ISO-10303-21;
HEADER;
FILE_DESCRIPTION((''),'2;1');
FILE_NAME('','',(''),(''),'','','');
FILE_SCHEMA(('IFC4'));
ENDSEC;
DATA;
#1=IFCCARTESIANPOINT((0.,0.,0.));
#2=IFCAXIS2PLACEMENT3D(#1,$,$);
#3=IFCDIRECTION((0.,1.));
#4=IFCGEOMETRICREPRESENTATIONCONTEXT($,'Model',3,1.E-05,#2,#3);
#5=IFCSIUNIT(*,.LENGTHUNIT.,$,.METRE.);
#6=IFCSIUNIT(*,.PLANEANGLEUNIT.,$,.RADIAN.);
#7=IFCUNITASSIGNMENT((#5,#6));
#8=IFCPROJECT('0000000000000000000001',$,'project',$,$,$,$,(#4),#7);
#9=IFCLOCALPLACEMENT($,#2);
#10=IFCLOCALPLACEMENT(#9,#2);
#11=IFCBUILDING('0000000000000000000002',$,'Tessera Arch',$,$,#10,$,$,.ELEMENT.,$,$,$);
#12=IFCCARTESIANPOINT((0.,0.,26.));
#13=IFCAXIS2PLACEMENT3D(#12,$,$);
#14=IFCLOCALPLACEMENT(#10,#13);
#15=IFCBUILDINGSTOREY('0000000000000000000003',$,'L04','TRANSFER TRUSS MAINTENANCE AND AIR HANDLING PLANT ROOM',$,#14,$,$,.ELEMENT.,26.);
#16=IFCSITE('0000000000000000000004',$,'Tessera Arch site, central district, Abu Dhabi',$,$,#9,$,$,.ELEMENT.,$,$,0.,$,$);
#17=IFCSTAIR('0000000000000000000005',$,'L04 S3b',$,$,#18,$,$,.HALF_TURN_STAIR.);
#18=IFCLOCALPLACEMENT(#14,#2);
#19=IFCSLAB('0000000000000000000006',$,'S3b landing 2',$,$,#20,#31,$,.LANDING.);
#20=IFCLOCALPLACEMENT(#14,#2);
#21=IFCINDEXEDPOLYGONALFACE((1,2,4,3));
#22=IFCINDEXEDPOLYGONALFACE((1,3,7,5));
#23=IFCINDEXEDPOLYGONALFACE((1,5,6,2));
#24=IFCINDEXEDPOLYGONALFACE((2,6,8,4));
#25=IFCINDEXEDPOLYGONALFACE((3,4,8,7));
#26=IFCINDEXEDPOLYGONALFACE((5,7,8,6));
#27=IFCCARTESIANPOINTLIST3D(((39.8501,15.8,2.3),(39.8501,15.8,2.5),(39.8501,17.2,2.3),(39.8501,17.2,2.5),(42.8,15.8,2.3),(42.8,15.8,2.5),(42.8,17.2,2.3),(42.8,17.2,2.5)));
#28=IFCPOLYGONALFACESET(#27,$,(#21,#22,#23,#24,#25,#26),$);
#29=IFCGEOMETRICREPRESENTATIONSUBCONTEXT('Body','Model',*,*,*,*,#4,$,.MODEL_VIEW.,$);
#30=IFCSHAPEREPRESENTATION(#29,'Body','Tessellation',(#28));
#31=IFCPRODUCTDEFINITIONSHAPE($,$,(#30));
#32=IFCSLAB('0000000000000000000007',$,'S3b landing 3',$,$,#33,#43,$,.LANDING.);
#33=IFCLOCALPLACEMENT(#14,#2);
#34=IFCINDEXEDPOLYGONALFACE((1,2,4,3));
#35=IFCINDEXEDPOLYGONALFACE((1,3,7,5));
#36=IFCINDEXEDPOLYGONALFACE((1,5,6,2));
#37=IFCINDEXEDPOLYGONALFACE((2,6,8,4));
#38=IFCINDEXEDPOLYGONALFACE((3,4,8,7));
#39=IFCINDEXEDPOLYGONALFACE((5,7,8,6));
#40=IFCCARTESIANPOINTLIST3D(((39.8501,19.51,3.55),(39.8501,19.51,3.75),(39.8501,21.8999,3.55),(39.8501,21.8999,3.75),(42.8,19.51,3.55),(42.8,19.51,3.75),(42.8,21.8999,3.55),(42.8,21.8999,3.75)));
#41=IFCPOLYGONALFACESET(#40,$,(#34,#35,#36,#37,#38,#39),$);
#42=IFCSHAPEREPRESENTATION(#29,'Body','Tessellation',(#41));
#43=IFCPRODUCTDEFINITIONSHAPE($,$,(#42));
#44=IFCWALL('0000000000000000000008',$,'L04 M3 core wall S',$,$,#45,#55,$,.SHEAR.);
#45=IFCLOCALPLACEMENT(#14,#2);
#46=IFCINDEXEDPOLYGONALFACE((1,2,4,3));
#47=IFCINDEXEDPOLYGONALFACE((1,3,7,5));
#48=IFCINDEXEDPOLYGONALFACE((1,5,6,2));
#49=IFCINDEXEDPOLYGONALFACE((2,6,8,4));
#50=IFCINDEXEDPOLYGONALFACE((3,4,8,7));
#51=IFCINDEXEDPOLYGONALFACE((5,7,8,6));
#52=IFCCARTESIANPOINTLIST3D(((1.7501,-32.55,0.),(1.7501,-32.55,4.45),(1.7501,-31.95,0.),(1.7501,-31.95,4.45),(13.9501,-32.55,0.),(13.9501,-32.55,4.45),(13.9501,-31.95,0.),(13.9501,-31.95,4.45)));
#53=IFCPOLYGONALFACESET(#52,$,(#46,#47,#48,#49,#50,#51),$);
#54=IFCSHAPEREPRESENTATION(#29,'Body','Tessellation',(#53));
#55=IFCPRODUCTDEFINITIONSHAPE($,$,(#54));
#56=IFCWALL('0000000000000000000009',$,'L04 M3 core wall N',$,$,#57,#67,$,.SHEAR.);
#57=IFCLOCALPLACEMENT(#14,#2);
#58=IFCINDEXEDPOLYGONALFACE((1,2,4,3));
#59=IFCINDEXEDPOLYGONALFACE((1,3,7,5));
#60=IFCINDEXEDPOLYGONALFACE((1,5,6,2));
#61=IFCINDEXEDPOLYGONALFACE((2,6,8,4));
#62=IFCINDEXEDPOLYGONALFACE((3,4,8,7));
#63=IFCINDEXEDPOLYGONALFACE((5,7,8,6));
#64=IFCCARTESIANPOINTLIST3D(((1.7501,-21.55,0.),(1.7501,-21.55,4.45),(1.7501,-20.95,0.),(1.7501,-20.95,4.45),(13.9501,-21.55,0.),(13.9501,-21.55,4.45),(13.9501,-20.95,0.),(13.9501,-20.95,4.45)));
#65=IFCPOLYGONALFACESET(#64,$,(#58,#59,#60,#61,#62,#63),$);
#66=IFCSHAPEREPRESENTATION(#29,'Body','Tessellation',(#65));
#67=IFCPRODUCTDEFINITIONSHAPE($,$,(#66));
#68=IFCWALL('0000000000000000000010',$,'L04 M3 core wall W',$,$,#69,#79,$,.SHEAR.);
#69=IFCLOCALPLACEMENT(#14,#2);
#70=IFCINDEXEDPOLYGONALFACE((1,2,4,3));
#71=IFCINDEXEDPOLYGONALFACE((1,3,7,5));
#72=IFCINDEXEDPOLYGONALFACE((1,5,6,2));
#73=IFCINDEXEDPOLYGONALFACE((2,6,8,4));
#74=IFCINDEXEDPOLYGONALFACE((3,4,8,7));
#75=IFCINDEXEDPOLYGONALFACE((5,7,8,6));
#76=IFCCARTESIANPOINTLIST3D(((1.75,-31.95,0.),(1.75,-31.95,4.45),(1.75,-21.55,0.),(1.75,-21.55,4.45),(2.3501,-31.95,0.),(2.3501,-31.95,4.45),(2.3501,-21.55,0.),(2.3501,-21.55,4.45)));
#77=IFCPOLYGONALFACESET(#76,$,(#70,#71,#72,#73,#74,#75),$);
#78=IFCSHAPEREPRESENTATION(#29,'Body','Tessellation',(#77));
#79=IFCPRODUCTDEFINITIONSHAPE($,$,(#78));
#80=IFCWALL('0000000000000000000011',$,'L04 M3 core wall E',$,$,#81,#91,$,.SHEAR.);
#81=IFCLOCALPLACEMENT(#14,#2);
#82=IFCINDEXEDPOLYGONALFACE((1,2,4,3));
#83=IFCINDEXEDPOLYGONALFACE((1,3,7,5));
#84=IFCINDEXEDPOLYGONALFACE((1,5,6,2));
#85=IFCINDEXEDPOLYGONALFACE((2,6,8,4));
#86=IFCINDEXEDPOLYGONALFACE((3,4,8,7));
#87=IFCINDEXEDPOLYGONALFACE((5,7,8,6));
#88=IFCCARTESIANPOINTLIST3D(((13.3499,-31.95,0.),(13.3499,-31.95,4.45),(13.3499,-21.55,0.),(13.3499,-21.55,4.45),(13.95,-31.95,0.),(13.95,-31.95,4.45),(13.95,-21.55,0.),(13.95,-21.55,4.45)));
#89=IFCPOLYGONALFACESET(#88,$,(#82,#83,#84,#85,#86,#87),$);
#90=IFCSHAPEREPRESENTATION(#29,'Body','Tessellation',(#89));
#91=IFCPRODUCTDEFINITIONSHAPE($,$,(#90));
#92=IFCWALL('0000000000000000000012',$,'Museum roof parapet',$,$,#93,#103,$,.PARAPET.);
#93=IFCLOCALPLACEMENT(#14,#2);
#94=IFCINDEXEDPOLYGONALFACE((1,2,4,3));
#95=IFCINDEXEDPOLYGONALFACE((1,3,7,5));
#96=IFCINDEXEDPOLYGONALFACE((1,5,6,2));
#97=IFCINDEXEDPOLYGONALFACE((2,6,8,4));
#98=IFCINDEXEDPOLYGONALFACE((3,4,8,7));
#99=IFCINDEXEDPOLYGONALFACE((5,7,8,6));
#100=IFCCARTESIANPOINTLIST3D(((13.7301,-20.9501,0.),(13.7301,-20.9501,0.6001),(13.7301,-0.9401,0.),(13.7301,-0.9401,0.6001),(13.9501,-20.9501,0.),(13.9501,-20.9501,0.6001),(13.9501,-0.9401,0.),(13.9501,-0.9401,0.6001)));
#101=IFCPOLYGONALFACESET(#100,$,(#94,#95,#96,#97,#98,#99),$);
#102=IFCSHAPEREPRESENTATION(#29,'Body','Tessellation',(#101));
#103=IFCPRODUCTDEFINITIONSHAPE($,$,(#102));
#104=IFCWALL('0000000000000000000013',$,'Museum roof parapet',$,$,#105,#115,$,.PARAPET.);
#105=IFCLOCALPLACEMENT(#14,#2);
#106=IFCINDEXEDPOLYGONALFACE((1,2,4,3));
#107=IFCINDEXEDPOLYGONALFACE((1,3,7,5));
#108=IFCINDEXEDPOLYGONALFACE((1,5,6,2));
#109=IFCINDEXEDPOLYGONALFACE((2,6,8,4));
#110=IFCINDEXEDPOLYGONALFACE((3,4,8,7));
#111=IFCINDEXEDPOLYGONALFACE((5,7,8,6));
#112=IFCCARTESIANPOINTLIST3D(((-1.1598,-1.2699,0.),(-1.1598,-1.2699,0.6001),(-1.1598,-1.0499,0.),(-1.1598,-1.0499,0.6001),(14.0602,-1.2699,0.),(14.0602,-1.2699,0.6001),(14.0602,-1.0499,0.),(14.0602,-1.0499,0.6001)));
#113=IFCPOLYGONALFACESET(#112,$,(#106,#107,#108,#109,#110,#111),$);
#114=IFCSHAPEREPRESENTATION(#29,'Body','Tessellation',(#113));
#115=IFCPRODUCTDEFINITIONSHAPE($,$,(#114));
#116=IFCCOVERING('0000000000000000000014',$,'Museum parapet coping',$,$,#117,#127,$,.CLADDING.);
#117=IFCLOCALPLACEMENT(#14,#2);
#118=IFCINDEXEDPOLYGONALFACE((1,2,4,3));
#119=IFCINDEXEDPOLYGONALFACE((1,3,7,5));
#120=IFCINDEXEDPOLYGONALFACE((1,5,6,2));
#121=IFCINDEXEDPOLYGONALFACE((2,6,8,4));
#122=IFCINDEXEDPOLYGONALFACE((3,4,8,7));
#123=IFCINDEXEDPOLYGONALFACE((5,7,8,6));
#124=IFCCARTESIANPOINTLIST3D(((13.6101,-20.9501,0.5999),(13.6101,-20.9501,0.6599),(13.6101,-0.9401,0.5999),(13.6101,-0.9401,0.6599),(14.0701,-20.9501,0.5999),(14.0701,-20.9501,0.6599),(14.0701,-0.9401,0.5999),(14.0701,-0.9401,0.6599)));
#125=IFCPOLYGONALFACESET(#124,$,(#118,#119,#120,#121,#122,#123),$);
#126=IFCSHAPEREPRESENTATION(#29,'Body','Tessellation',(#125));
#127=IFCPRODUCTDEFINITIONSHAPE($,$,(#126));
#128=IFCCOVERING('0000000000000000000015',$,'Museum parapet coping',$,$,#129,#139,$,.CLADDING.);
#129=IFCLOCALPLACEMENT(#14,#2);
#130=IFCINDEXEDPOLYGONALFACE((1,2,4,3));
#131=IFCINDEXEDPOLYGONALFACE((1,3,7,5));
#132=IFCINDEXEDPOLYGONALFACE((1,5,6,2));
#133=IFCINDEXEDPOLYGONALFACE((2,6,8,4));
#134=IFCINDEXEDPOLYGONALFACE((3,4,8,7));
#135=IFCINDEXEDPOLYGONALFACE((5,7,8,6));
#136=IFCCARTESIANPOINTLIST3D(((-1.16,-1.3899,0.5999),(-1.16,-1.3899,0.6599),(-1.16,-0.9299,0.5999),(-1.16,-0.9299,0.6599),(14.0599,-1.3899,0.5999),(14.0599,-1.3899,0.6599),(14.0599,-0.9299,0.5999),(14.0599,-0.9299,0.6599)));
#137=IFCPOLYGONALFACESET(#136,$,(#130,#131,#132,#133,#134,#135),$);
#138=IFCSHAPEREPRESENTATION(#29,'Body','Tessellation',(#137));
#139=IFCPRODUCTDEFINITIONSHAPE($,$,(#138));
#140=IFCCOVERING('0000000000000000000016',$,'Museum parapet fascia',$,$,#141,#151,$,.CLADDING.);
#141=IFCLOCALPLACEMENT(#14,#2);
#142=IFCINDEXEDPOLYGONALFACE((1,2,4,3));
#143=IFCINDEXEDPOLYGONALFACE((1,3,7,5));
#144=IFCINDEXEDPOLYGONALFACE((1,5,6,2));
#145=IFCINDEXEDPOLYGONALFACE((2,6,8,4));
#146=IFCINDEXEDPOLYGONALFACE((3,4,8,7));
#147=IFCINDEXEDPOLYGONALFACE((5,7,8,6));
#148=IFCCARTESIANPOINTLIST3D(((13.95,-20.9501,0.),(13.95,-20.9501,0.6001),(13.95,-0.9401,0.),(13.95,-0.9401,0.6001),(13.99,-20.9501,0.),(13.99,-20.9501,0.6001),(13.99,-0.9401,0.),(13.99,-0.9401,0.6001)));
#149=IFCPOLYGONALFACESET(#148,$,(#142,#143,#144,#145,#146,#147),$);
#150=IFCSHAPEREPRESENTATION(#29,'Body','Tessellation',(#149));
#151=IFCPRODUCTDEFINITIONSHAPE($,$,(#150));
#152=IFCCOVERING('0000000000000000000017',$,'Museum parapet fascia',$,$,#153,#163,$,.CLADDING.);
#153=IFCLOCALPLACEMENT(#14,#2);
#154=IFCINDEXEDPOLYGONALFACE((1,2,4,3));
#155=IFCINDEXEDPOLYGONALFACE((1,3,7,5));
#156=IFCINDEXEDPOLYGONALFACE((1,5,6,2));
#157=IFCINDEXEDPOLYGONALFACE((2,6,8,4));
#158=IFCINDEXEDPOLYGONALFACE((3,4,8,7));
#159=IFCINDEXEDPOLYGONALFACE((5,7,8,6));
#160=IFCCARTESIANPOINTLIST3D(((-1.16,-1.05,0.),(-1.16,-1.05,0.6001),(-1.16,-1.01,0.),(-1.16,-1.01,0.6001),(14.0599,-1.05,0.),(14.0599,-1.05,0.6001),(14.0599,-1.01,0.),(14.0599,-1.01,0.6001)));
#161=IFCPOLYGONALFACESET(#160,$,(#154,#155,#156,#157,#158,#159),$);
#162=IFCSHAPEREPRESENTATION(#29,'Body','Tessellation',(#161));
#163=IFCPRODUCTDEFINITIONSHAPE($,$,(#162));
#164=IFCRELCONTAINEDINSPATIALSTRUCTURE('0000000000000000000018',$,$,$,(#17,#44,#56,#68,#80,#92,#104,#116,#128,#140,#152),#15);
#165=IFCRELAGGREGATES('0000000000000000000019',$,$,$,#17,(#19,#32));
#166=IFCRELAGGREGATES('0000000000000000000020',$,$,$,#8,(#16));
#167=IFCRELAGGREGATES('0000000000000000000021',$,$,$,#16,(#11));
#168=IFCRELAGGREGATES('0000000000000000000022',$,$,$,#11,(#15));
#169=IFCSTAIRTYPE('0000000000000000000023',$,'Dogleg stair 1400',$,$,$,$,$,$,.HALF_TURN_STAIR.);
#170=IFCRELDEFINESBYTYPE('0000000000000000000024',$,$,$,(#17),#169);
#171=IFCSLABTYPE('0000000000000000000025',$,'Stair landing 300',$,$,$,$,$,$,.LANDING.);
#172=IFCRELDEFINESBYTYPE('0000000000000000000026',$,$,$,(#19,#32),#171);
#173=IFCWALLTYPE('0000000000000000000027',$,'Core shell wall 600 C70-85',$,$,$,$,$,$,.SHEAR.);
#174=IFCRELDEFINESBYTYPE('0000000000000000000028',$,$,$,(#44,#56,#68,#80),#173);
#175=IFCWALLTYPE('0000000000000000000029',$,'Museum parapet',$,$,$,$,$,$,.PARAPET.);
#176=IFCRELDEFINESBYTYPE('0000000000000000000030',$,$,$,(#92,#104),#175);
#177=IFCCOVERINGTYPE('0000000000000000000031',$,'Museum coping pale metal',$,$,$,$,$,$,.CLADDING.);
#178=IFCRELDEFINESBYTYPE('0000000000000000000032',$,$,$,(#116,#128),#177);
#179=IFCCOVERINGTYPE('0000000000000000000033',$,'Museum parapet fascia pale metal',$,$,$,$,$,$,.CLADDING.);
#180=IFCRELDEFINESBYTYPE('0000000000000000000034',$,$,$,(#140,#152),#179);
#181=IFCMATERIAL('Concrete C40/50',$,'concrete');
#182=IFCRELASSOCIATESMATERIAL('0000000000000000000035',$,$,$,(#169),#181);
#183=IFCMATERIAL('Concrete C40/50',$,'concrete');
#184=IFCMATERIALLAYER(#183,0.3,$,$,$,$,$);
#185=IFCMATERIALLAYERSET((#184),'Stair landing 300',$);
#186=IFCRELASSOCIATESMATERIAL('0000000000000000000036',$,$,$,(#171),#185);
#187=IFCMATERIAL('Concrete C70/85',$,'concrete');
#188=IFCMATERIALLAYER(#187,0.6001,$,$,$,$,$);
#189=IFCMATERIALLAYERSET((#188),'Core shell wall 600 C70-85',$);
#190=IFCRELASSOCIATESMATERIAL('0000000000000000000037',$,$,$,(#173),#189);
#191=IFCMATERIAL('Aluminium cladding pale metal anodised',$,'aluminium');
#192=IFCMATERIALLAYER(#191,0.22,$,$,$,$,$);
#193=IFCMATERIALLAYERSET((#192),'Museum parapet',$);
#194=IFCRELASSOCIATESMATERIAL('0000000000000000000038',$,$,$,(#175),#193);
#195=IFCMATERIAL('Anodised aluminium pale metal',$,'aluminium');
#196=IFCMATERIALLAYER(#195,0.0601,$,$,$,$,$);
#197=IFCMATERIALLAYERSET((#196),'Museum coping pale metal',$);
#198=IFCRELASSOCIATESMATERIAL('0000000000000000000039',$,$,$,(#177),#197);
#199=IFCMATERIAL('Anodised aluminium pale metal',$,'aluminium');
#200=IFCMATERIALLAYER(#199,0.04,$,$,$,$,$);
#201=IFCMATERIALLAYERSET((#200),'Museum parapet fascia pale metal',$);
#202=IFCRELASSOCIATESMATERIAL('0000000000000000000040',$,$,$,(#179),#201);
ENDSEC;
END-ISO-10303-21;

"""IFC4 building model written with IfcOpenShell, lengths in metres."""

from ifc_helpers import new_model, si_unit, direction, frame, frame_2d, origin, origin_2d, place, context, subcontext, project, spatial, polyline, rectangle, outline, extrude, material, layer, layer_set, type_object, element, aggregate, save


model = new_model("IFC4")

# Units and contexts
model_context = context("Model", 3, precision=1e-05, world=origin(), true_north=direction((0.0, 1.0)))
body_context = subcontext(model_context, "Body", "Model", "MODEL_VIEW")
ifc_project = project(units=[si_unit("LENGTHUNIT", "METRE"), si_unit("PLANEANGLEUNIT", "RADIAN")], contexts=[model_context])

# Site, building, storey
site_placement = place(None, origin())
site = spatial("IfcSite", under=ifc_project, at=site_placement, Name="Tessera Arch site, central district, Abu Dhabi", CompositionType="ELEMENT", RefElevation=0.0)
building_placement = place(site_placement, origin())
building = spatial("IfcBuilding", under=site, at=building_placement, Name="Tessera Arch", CompositionType="ELEMENT")
storey_placement = place(building_placement, frame((0.0, 0.0, 26.0)))
storey = spatial("IfcBuildingStorey", under=building, at=storey_placement, Name="L04", Description="TRANSFER TRUSS MAINTENANCE AND AIR HANDLING PLANT ROOM", CompositionType="ELEMENT", Elevation=26.0)

# Stair, slabs
ifc_material_1 = material(Name="Concrete C40/50", Category="concrete")
stair_type = type_object("IfcStairType", Name="Dogleg stair 1400", PredefinedType="HALF_TURN_STAIR", material=ifc_material_1)
ifc_material_2 = material(Name="Concrete C40/50", Category="concrete")
ifc_layer_1 = layer(ifc_material_2, 0.3)
ifc_layer_set_1 = layer_set([ifc_layer_1], Name="Stair landing 300")
slab_type = type_object("IfcSlabType", Name="Stair landing 300", PredefinedType="LANDING", material=ifc_layer_set_1)
stair_1_placement = place(storey_placement, origin())
stair_1 = element("IfcStair", 1, at=stair_1_placement, inside=storey, type_object=stair_type, Name="L04 S3b", PredefinedType="HALF_TURN_STAIR")
slab_1_placement = place(storey_placement, frame((0.0, 0.0, 2.3)))
slab_1 = element("IfcSlab", 2, at=slab_1_placement, type_object=slab_type, Name="S3b landing 2", PredefinedType="LANDING", context=body_context, shape_type="SweptSolid", body=[
    extrude(outline(polyline([(42.8, 15.8), (42.8, 17.2), (39.8501, 17.2), (39.8501, 15.8), (42.8, 15.8)])), origin(), (0.0, 0.0, 1.0), 0.2),
])
slab_2_placement = place(storey_placement, frame((0.0, 0.0, 3.55)))
slab_2 = element("IfcSlab", 3, at=slab_2_placement, type_object=slab_type, Name="S3b landing 3", PredefinedType="LANDING", context=body_context, shape_type="SweptSolid", body=[
    extrude(outline(polyline([(42.8, 19.51), (42.8, 21.8999), (39.8501, 21.8999), (39.8501, 19.51), (42.8, 19.51)])), origin(), (0.0, 0.0, 1.0), 0.2),
])
aggregate(stair_1, [slab_1, slab_2])

# Walls
ifc_material_3 = material(Name="Concrete C70/85", Category="concrete")
ifc_layer_2 = layer(ifc_material_3, 0.6001)
ifc_layer_set_2 = layer_set([ifc_layer_2], Name="Core shell wall 600 C70-85")
wall_type_1 = type_object("IfcWallType", Name="Core shell wall 600 C70-85", PredefinedType="SHEAR", material=ifc_layer_set_2)
for number, where, z_axis, x_axis, name in (
    (4, (1.75, -32.25, 0.0), (0.0, 0.0, 1.0), (1.0, 0.0, 0.0), "L04 M3 core wall S"),
    (5, (1.75, -21.25, 0.0), (0.0, 0.0, 1.0), (1.0, 0.0, 0.0), "L04 M3 core wall N"),
):
    element("IfcWall", number, at=place(storey_placement, frame(where, z_axis=z_axis, x_axis=x_axis)), inside=storey, type_object=wall_type_1, Name=name, PredefinedType="SHEAR", context=body_context, shape_type="SweptSolid", body=[
        extrude(rectangle(XDim=12.2, YDim=0.6001, at=frame_2d((6.1001, 0.0))), origin(), (0.0, 0.0, 1.0), 4.45),
    ])
for number, where, z_axis, x_axis, name in (
    (6, (2.05, -31.95, 0.0), (0.0, 0.0, 1.0), (0.0, 1.0, 0.0), "L04 M3 core wall W"),
    (7, (13.6499, -31.95, 0.0), (0.0, 0.0, 1.0), (0.0, 1.0, 0.0), "L04 M3 core wall E"),
):
    element("IfcWall", number, at=place(storey_placement, frame(where, z_axis=z_axis, x_axis=x_axis)), inside=storey, type_object=wall_type_1, Name=name, PredefinedType="SHEAR", context=body_context, shape_type="SweptSolid", body=[
        extrude(rectangle(XDim=10.3999, YDim=0.6001, at=frame_2d((5.2, 0.0))), origin(), (0.0, 0.0, 1.0), 4.45),
    ])
ifc_material_4 = material(Name="Aluminium cladding pale metal anodised", Category="aluminium")
ifc_layer_3 = layer(ifc_material_4, 0.22)
ifc_layer_set_3 = layer_set([ifc_layer_3], Name="Museum parapet")
wall_type_2 = type_object("IfcWallType", Name="Museum parapet", PredefinedType="PARAPET", material=ifc_layer_set_3)
wall_1_placement = place(storey_placement, frame((13.8401, -20.95, 0.0), z_axis=(0.0, 0.0, 1.0), x_axis=(0.0, 1.0, 0.0)))
element("IfcWall", 8, at=wall_1_placement, inside=storey, type_object=wall_type_2, Name="Museum roof parapet", PredefinedType="PARAPET", context=body_context, shape_type="SweptSolid", body=[
    extrude(rectangle(XDim=20.01, YDim=0.22, at=frame_2d((10.0049, 0.0))), origin(), (0.0, 0.0, 1.0), 0.6001),
])
wall_2_placement = place(storey_placement, frame((14.0601, -1.1599, 0.0), z_axis=(0.0, 0.0, 1.0), x_axis=(-1.0, 0.0, 0.0)))
element("IfcWall", 9, at=wall_2_placement, inside=storey, type_object=wall_type_2, Name="Museum roof parapet", PredefinedType="PARAPET", context=body_context, shape_type="SweptSolid", body=[
    extrude(rectangle(XDim=15.22, YDim=0.22, at=frame_2d((7.6099, 0.0))), origin(), (0.0, 0.0, 1.0), 0.6001),
])

# Coverings
ifc_material_5 = material(Name="Anodised aluminium pale metal", Category="aluminium")
ifc_layer_4 = layer(ifc_material_5, 0.0601)
ifc_layer_set_4 = layer_set([ifc_layer_4], Name="Museum coping pale metal")
covering_type_1 = type_object("IfcCoveringType", Name="Museum coping pale metal", PredefinedType="CLADDING", material=ifc_layer_set_4)
covering_1_placement = place(storey_placement, frame((13.8401, -10.9451, 0.5999), z_axis=(0.0, 0.0, 1.0), x_axis=(0.0, 1.0, 0.0)))
element("IfcCovering", 10, at=covering_1_placement, inside=storey, type_object=covering_type_1, Name="Museum parapet coping", PredefinedType="CLADDING", context=body_context, shape_type="SweptSolid", body=[
    extrude(rectangle(XDim=20.01, YDim=0.46, at=origin_2d()), origin(), (0.0, 0.0, 1.0), 0.0601),
])
covering_2_placement = place(storey_placement, frame((6.45, -1.1599, 0.5999), z_axis=(0.0, 0.0, 1.0), x_axis=(-1.0, 0.0, 0.0)))
element("IfcCovering", 11, at=covering_2_placement, inside=storey, type_object=covering_type_1, Name="Museum parapet coping", PredefinedType="CLADDING", context=body_context, shape_type="SweptSolid", body=[
    extrude(rectangle(XDim=15.22, YDim=0.46, at=origin_2d()), origin(), (0.0, 0.0, 1.0), 0.0601),
])
ifc_material_6 = material(Name="Anodised aluminium pale metal", Category="aluminium")
ifc_layer_5 = layer(ifc_material_6, 0.04)
ifc_layer_set_5 = layer_set([ifc_layer_5], Name="Museum parapet fascia pale metal")
covering_type_2 = type_object("IfcCoveringType", Name="Museum parapet fascia pale metal", PredefinedType="CLADDING", material=ifc_layer_set_5)
covering_3_placement = place(storey_placement, frame((13.97, -10.9451, 0.0), z_axis=(0.0, 0.0, 1.0), x_axis=(0.0, 1.0, 0.0)))
element("IfcCovering", 12, at=covering_3_placement, inside=storey, type_object=covering_type_2, Name="Museum parapet fascia", PredefinedType="CLADDING", context=body_context, shape_type="SweptSolid", body=[
    extrude(rectangle(XDim=20.01, YDim=0.04, at=origin_2d()), origin(), (0.0, 0.0, 1.0), 0.6001),
])
covering_4_placement = place(storey_placement, frame((6.45, -1.03, 0.0), z_axis=(0.0, 0.0, 1.0), x_axis=(-1.0, 0.0, 0.0)))
element("IfcCovering", 13, at=covering_4_placement, inside=storey, type_object=covering_type_2, Name="Museum parapet fascia", PredefinedType="CLADDING", context=body_context, shape_type="SweptSolid", body=[
    extrude(rectangle(XDim=15.22, YDim=0.04, at=origin_2d()), origin(), (0.0, 0.0, 1.0), 0.6001),
])

save(model, "model.ifc")
